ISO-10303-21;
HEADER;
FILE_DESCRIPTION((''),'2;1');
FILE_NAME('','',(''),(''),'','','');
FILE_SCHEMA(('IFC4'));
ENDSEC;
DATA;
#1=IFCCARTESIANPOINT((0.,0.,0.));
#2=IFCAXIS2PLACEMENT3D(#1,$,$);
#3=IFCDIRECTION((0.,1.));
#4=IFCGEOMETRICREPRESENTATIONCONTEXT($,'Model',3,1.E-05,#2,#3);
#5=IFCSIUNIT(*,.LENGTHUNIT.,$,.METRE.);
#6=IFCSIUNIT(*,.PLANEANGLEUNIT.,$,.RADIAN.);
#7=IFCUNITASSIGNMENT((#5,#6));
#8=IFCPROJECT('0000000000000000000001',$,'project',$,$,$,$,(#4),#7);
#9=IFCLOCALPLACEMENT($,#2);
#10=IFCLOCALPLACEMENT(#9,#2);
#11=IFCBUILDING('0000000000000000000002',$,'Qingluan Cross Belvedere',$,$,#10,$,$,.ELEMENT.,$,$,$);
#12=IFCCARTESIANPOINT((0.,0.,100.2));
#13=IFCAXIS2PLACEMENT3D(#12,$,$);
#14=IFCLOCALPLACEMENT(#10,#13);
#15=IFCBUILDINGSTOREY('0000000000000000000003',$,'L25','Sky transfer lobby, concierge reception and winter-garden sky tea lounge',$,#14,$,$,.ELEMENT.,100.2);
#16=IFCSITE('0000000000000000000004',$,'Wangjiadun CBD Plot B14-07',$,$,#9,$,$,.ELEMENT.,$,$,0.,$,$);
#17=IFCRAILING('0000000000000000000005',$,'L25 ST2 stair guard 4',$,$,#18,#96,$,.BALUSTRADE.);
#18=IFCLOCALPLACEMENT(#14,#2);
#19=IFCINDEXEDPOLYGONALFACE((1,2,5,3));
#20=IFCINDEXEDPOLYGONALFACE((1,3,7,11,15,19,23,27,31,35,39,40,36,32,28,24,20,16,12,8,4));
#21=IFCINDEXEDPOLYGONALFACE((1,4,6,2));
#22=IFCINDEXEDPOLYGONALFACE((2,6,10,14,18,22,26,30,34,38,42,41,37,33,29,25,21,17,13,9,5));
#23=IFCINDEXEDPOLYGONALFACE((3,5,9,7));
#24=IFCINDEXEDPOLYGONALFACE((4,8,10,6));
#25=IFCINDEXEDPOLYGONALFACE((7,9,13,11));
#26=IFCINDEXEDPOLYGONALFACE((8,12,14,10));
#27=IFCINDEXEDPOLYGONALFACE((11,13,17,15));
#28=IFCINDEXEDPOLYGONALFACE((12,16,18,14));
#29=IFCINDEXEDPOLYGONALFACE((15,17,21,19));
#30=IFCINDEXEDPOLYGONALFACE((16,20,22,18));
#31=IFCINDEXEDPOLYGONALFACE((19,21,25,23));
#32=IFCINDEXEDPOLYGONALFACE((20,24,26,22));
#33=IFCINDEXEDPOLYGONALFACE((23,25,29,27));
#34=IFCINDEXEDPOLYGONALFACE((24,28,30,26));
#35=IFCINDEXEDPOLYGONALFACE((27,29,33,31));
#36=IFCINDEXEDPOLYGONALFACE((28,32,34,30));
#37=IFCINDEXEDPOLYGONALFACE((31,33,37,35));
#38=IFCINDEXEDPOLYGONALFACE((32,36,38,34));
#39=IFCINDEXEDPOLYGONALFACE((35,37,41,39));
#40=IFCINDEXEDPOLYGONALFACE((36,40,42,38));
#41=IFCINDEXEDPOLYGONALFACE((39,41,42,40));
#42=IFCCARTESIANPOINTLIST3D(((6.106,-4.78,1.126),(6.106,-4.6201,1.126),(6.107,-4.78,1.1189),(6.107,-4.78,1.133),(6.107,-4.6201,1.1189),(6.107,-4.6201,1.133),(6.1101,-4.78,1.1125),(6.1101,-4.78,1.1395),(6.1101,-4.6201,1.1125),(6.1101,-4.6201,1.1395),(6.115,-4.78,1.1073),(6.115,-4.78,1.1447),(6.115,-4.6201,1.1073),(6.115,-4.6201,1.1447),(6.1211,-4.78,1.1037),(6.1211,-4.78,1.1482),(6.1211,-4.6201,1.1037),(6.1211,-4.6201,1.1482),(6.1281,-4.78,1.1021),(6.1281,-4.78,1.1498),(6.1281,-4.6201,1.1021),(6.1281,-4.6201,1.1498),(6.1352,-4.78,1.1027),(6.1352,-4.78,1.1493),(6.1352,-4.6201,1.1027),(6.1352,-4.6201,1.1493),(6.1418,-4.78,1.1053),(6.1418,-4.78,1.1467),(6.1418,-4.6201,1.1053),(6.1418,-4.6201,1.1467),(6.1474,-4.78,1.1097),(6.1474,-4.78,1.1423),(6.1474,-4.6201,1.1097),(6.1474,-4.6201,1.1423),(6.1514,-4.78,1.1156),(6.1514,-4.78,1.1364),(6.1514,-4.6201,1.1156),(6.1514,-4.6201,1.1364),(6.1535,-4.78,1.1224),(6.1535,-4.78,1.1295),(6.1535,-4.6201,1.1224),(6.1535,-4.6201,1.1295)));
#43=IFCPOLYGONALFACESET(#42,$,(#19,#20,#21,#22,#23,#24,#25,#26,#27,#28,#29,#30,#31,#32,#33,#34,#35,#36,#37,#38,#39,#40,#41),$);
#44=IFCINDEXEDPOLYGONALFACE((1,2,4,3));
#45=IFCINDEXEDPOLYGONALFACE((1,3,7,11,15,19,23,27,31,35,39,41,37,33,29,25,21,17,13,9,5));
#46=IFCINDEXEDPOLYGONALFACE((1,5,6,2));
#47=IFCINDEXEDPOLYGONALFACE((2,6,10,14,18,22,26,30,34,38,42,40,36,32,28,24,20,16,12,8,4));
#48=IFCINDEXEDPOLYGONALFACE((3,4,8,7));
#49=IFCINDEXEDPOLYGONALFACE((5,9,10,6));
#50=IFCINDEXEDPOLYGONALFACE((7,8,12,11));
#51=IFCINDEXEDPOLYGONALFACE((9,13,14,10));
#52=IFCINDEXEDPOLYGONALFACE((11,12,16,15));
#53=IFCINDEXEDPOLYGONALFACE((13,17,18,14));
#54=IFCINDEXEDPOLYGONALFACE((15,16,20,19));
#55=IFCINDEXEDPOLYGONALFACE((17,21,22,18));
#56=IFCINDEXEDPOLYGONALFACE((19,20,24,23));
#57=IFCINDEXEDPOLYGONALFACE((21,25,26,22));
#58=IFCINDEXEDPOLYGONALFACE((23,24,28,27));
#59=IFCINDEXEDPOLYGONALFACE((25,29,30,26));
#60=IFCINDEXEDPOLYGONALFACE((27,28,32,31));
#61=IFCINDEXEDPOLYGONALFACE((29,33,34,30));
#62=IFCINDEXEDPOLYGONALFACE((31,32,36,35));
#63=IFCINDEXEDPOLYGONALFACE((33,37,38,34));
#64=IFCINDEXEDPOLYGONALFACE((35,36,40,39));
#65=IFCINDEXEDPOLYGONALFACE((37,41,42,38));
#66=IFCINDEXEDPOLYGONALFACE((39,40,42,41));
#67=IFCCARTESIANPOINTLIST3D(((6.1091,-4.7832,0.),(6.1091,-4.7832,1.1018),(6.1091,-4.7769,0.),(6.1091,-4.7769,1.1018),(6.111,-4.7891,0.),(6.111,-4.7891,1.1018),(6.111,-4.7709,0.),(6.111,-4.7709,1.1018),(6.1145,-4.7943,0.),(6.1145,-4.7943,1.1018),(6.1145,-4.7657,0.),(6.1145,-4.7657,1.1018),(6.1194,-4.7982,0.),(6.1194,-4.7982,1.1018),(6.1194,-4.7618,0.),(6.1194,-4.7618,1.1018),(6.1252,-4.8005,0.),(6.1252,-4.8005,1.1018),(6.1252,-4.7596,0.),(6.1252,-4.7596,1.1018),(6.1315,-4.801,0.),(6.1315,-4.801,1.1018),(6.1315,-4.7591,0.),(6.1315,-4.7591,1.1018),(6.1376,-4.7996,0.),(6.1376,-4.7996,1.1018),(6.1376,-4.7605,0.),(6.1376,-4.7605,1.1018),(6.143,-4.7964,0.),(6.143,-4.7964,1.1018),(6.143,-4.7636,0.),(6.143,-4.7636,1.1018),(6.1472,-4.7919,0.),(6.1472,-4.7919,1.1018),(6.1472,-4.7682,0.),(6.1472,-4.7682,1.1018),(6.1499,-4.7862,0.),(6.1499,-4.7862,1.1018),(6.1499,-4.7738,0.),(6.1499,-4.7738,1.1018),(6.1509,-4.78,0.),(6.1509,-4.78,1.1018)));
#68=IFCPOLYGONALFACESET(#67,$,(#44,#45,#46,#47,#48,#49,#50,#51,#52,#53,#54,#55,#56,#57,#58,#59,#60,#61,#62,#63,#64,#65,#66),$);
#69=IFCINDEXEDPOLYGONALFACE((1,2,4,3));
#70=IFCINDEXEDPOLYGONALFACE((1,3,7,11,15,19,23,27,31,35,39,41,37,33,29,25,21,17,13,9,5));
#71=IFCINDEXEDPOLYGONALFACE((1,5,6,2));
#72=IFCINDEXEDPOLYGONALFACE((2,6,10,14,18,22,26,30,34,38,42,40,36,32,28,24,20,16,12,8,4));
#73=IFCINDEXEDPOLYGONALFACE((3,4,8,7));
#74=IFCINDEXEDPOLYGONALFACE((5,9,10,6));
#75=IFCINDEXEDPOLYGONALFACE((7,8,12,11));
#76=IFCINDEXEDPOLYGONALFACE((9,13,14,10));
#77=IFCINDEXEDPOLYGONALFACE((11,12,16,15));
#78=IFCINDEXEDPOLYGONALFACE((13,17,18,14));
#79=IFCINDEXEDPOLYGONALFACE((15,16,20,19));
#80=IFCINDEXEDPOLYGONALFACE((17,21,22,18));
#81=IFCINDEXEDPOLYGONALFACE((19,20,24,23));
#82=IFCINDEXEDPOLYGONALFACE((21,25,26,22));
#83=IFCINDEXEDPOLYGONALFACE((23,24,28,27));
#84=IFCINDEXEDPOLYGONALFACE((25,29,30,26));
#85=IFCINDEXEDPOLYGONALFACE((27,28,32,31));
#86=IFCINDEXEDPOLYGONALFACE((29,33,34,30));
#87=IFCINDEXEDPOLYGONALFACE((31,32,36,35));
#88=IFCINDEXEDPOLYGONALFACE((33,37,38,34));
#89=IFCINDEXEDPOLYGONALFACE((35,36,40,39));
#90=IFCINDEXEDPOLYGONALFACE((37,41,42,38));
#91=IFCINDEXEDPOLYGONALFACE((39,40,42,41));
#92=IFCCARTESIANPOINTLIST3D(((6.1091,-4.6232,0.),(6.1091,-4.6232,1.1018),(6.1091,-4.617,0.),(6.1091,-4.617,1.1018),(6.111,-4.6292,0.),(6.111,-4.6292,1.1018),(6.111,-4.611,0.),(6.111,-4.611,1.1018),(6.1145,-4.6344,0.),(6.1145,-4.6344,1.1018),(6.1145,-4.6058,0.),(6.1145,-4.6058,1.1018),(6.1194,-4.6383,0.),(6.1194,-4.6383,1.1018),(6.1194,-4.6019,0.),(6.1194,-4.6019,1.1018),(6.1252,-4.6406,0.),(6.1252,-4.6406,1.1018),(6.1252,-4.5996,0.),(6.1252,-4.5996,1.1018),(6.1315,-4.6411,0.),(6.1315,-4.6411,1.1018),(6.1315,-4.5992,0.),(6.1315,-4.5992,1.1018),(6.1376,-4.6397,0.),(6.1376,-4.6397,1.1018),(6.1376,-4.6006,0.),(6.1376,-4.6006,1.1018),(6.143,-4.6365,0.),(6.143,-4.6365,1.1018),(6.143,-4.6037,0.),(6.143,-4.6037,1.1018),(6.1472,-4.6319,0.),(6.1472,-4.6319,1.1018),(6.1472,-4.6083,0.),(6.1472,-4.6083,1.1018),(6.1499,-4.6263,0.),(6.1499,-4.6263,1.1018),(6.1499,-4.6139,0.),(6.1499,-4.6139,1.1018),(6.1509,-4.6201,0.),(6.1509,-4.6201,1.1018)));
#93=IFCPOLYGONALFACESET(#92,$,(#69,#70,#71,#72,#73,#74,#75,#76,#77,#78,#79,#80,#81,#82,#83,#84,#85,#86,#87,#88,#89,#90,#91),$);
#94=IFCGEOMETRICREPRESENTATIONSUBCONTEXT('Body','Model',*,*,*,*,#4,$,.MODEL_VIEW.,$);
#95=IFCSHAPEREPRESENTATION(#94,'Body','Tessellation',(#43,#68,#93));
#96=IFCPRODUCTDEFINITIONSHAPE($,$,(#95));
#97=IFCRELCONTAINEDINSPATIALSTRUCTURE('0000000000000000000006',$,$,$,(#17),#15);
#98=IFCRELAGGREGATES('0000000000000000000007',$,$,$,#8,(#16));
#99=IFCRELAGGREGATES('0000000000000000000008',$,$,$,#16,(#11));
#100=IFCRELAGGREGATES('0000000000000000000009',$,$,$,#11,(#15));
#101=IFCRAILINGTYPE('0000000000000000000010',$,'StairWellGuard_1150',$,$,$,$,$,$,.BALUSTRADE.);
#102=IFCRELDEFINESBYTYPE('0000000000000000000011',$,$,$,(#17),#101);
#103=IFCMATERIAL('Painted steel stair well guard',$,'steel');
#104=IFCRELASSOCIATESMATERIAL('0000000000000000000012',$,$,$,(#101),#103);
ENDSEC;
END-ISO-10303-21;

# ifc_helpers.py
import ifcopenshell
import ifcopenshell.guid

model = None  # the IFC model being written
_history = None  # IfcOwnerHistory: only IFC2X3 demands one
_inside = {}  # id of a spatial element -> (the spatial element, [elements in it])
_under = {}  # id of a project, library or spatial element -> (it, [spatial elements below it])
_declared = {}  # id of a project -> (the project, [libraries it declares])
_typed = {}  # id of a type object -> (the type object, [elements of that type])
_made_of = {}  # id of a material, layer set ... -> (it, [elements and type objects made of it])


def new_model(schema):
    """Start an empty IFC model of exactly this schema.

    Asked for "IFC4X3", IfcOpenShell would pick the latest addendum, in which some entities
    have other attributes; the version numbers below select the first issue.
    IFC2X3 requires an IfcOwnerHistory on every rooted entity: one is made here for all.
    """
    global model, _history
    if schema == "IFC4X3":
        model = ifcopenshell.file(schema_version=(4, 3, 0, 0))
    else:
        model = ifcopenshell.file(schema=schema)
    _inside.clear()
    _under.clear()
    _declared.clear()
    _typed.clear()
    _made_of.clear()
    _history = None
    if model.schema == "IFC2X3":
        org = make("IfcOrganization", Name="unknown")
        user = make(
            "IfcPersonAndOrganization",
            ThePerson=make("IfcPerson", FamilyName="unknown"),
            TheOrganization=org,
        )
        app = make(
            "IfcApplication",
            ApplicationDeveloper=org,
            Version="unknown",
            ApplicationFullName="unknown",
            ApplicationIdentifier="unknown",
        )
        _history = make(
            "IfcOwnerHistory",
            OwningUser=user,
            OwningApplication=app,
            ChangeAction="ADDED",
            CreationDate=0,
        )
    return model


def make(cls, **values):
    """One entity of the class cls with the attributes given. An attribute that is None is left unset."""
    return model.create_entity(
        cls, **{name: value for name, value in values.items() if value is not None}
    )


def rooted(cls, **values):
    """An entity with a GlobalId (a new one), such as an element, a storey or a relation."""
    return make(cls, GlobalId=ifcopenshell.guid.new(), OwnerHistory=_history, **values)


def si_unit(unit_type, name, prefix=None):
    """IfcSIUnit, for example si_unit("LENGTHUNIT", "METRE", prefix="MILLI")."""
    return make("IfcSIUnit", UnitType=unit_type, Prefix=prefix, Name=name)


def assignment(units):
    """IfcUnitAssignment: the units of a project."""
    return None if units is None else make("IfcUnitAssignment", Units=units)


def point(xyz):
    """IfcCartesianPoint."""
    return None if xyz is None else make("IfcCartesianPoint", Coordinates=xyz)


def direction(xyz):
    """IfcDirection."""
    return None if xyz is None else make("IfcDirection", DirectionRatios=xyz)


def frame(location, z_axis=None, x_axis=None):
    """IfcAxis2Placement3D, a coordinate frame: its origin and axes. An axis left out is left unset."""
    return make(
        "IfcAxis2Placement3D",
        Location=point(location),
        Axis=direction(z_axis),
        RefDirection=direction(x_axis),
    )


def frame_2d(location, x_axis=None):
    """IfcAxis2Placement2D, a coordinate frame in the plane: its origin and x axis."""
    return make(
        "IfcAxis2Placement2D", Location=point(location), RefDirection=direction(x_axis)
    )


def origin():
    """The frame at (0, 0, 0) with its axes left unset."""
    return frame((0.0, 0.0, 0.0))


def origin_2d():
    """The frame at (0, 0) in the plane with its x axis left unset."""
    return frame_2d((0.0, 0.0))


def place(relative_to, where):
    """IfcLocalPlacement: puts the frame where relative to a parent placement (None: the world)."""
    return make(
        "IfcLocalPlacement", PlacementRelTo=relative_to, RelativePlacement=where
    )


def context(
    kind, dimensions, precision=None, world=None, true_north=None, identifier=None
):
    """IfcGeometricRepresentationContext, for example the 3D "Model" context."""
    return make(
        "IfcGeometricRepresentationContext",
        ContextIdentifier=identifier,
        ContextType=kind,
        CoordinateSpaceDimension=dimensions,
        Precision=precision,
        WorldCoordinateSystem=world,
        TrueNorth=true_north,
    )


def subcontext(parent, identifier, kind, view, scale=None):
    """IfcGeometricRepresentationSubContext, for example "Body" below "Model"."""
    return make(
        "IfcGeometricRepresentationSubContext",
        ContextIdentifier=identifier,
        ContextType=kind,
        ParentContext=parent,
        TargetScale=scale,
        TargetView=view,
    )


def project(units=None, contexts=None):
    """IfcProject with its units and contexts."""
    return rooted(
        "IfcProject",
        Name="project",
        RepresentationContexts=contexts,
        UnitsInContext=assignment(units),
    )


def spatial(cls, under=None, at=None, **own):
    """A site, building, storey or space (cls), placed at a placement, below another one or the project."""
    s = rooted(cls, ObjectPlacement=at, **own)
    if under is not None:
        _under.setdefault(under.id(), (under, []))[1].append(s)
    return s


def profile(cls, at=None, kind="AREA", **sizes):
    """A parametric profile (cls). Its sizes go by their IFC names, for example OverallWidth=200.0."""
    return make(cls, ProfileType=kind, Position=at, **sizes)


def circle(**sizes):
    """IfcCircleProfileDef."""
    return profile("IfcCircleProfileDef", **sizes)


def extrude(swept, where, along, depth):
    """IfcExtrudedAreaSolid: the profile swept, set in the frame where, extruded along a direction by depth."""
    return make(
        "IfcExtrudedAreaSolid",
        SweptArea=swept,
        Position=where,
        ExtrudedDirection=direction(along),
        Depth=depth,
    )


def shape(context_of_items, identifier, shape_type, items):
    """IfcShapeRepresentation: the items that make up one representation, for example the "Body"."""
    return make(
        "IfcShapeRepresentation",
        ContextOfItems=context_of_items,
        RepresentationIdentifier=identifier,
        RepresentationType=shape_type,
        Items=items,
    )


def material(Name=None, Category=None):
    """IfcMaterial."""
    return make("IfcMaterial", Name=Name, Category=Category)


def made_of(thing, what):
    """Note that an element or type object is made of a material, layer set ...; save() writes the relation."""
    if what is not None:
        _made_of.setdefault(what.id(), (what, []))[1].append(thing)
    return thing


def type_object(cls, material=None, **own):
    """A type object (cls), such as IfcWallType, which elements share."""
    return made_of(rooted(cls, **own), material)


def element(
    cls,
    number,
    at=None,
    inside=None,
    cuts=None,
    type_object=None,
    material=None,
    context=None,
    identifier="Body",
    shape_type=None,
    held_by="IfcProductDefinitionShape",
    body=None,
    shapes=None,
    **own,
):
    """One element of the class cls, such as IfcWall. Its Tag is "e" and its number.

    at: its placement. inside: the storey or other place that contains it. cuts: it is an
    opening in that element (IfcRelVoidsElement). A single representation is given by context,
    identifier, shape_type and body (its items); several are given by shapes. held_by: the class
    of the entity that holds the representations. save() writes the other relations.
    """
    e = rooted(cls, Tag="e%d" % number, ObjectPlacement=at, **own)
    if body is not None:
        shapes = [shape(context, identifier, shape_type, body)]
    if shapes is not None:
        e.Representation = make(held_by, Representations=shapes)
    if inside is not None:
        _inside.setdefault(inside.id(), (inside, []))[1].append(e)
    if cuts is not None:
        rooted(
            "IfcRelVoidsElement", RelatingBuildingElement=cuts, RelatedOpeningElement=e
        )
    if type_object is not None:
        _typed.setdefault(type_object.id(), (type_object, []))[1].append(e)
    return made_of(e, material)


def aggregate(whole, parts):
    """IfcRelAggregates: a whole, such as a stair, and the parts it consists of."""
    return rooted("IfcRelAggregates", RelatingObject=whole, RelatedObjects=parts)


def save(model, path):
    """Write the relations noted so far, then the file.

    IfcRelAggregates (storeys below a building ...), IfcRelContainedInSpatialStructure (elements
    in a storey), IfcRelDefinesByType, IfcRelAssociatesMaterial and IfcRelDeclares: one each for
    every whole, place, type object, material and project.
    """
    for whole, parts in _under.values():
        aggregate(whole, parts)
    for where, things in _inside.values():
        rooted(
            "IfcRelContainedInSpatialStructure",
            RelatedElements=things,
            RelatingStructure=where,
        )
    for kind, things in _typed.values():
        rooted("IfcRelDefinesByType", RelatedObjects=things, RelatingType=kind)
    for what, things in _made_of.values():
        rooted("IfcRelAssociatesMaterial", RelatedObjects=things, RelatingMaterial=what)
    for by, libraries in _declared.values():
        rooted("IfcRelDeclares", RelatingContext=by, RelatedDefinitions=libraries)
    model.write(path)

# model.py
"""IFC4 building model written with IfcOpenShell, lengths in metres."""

from ifc_helpers import new_model, si_unit, direction, frame, origin, origin_2d, place, context, subcontext, project, spatial, circle, extrude, material, type_object, element, save


model = new_model("IFC4")

# Units and contexts
model_context = context("Model", 3, precision=1e-05, world=origin(), true_north=direction((0.0, 1.0)))
body_context = subcontext(model_context, "Body", "Model", "MODEL_VIEW")
ifc_project = project(units=[si_unit("LENGTHUNIT", "METRE"), si_unit("PLANEANGLEUNIT", "RADIAN")], contexts=[model_context])

# Site, building, storey
site_placement = place(None, origin())
site = spatial("IfcSite", under=ifc_project, at=site_placement, Name="Wangjiadun CBD Plot B14-07", CompositionType="ELEMENT", RefElevation=0.0)
building_placement = place(site_placement, origin())
building = spatial("IfcBuilding", under=site, at=building_placement, Name="Qingluan Cross Belvedere", CompositionType="ELEMENT")
storey_placement = place(building_placement, frame((0.0, 0.0, 100.2)))
storey = spatial("IfcBuildingStorey", under=building, at=storey_placement, Name="L25", Description="Sky transfer lobby, concierge reception and winter-garden sky tea lounge", CompositionType="ELEMENT", Elevation=100.2)

# Railing
ifc_material_1 = material(Name="Painted steel stair well guard", Category="steel")
railing_type_1 = type_object("IfcRailingType", Name="StairWellGuard_1150", PredefinedType="BALUSTRADE", material=ifc_material_1)
railing_1_placement = place(storey_placement, frame((6.1299, -4.78, 0.0)))
element("IfcRailing", 1, at=railing_1_placement, inside=storey, type_object=railing_type_1, Name="L25 ST2 stair guard 4", PredefinedType="BALUSTRADE", context=body_context, shape_type="SweptSolid", body=[
    extrude(circle(Radius=0.0239, at=origin_2d()), frame((0.0, 0.0, 1.126), z_axis=(0.0, 1.0, 0.0), x_axis=(-1.0, 0.0, 0.0)), (0.0, 0.0, 1.0), 0.1599),
    extrude(circle(Radius=0.021, at=origin_2d()), origin(), (0.0, 0.0, 1.0), 1.1018),
    extrude(circle(Radius=0.021, at=origin_2d()), frame((0.0, 0.1599, 0.0)), (0.0, 0.0, 1.0), 1.1018),
])

save(model, "model.ifc")
